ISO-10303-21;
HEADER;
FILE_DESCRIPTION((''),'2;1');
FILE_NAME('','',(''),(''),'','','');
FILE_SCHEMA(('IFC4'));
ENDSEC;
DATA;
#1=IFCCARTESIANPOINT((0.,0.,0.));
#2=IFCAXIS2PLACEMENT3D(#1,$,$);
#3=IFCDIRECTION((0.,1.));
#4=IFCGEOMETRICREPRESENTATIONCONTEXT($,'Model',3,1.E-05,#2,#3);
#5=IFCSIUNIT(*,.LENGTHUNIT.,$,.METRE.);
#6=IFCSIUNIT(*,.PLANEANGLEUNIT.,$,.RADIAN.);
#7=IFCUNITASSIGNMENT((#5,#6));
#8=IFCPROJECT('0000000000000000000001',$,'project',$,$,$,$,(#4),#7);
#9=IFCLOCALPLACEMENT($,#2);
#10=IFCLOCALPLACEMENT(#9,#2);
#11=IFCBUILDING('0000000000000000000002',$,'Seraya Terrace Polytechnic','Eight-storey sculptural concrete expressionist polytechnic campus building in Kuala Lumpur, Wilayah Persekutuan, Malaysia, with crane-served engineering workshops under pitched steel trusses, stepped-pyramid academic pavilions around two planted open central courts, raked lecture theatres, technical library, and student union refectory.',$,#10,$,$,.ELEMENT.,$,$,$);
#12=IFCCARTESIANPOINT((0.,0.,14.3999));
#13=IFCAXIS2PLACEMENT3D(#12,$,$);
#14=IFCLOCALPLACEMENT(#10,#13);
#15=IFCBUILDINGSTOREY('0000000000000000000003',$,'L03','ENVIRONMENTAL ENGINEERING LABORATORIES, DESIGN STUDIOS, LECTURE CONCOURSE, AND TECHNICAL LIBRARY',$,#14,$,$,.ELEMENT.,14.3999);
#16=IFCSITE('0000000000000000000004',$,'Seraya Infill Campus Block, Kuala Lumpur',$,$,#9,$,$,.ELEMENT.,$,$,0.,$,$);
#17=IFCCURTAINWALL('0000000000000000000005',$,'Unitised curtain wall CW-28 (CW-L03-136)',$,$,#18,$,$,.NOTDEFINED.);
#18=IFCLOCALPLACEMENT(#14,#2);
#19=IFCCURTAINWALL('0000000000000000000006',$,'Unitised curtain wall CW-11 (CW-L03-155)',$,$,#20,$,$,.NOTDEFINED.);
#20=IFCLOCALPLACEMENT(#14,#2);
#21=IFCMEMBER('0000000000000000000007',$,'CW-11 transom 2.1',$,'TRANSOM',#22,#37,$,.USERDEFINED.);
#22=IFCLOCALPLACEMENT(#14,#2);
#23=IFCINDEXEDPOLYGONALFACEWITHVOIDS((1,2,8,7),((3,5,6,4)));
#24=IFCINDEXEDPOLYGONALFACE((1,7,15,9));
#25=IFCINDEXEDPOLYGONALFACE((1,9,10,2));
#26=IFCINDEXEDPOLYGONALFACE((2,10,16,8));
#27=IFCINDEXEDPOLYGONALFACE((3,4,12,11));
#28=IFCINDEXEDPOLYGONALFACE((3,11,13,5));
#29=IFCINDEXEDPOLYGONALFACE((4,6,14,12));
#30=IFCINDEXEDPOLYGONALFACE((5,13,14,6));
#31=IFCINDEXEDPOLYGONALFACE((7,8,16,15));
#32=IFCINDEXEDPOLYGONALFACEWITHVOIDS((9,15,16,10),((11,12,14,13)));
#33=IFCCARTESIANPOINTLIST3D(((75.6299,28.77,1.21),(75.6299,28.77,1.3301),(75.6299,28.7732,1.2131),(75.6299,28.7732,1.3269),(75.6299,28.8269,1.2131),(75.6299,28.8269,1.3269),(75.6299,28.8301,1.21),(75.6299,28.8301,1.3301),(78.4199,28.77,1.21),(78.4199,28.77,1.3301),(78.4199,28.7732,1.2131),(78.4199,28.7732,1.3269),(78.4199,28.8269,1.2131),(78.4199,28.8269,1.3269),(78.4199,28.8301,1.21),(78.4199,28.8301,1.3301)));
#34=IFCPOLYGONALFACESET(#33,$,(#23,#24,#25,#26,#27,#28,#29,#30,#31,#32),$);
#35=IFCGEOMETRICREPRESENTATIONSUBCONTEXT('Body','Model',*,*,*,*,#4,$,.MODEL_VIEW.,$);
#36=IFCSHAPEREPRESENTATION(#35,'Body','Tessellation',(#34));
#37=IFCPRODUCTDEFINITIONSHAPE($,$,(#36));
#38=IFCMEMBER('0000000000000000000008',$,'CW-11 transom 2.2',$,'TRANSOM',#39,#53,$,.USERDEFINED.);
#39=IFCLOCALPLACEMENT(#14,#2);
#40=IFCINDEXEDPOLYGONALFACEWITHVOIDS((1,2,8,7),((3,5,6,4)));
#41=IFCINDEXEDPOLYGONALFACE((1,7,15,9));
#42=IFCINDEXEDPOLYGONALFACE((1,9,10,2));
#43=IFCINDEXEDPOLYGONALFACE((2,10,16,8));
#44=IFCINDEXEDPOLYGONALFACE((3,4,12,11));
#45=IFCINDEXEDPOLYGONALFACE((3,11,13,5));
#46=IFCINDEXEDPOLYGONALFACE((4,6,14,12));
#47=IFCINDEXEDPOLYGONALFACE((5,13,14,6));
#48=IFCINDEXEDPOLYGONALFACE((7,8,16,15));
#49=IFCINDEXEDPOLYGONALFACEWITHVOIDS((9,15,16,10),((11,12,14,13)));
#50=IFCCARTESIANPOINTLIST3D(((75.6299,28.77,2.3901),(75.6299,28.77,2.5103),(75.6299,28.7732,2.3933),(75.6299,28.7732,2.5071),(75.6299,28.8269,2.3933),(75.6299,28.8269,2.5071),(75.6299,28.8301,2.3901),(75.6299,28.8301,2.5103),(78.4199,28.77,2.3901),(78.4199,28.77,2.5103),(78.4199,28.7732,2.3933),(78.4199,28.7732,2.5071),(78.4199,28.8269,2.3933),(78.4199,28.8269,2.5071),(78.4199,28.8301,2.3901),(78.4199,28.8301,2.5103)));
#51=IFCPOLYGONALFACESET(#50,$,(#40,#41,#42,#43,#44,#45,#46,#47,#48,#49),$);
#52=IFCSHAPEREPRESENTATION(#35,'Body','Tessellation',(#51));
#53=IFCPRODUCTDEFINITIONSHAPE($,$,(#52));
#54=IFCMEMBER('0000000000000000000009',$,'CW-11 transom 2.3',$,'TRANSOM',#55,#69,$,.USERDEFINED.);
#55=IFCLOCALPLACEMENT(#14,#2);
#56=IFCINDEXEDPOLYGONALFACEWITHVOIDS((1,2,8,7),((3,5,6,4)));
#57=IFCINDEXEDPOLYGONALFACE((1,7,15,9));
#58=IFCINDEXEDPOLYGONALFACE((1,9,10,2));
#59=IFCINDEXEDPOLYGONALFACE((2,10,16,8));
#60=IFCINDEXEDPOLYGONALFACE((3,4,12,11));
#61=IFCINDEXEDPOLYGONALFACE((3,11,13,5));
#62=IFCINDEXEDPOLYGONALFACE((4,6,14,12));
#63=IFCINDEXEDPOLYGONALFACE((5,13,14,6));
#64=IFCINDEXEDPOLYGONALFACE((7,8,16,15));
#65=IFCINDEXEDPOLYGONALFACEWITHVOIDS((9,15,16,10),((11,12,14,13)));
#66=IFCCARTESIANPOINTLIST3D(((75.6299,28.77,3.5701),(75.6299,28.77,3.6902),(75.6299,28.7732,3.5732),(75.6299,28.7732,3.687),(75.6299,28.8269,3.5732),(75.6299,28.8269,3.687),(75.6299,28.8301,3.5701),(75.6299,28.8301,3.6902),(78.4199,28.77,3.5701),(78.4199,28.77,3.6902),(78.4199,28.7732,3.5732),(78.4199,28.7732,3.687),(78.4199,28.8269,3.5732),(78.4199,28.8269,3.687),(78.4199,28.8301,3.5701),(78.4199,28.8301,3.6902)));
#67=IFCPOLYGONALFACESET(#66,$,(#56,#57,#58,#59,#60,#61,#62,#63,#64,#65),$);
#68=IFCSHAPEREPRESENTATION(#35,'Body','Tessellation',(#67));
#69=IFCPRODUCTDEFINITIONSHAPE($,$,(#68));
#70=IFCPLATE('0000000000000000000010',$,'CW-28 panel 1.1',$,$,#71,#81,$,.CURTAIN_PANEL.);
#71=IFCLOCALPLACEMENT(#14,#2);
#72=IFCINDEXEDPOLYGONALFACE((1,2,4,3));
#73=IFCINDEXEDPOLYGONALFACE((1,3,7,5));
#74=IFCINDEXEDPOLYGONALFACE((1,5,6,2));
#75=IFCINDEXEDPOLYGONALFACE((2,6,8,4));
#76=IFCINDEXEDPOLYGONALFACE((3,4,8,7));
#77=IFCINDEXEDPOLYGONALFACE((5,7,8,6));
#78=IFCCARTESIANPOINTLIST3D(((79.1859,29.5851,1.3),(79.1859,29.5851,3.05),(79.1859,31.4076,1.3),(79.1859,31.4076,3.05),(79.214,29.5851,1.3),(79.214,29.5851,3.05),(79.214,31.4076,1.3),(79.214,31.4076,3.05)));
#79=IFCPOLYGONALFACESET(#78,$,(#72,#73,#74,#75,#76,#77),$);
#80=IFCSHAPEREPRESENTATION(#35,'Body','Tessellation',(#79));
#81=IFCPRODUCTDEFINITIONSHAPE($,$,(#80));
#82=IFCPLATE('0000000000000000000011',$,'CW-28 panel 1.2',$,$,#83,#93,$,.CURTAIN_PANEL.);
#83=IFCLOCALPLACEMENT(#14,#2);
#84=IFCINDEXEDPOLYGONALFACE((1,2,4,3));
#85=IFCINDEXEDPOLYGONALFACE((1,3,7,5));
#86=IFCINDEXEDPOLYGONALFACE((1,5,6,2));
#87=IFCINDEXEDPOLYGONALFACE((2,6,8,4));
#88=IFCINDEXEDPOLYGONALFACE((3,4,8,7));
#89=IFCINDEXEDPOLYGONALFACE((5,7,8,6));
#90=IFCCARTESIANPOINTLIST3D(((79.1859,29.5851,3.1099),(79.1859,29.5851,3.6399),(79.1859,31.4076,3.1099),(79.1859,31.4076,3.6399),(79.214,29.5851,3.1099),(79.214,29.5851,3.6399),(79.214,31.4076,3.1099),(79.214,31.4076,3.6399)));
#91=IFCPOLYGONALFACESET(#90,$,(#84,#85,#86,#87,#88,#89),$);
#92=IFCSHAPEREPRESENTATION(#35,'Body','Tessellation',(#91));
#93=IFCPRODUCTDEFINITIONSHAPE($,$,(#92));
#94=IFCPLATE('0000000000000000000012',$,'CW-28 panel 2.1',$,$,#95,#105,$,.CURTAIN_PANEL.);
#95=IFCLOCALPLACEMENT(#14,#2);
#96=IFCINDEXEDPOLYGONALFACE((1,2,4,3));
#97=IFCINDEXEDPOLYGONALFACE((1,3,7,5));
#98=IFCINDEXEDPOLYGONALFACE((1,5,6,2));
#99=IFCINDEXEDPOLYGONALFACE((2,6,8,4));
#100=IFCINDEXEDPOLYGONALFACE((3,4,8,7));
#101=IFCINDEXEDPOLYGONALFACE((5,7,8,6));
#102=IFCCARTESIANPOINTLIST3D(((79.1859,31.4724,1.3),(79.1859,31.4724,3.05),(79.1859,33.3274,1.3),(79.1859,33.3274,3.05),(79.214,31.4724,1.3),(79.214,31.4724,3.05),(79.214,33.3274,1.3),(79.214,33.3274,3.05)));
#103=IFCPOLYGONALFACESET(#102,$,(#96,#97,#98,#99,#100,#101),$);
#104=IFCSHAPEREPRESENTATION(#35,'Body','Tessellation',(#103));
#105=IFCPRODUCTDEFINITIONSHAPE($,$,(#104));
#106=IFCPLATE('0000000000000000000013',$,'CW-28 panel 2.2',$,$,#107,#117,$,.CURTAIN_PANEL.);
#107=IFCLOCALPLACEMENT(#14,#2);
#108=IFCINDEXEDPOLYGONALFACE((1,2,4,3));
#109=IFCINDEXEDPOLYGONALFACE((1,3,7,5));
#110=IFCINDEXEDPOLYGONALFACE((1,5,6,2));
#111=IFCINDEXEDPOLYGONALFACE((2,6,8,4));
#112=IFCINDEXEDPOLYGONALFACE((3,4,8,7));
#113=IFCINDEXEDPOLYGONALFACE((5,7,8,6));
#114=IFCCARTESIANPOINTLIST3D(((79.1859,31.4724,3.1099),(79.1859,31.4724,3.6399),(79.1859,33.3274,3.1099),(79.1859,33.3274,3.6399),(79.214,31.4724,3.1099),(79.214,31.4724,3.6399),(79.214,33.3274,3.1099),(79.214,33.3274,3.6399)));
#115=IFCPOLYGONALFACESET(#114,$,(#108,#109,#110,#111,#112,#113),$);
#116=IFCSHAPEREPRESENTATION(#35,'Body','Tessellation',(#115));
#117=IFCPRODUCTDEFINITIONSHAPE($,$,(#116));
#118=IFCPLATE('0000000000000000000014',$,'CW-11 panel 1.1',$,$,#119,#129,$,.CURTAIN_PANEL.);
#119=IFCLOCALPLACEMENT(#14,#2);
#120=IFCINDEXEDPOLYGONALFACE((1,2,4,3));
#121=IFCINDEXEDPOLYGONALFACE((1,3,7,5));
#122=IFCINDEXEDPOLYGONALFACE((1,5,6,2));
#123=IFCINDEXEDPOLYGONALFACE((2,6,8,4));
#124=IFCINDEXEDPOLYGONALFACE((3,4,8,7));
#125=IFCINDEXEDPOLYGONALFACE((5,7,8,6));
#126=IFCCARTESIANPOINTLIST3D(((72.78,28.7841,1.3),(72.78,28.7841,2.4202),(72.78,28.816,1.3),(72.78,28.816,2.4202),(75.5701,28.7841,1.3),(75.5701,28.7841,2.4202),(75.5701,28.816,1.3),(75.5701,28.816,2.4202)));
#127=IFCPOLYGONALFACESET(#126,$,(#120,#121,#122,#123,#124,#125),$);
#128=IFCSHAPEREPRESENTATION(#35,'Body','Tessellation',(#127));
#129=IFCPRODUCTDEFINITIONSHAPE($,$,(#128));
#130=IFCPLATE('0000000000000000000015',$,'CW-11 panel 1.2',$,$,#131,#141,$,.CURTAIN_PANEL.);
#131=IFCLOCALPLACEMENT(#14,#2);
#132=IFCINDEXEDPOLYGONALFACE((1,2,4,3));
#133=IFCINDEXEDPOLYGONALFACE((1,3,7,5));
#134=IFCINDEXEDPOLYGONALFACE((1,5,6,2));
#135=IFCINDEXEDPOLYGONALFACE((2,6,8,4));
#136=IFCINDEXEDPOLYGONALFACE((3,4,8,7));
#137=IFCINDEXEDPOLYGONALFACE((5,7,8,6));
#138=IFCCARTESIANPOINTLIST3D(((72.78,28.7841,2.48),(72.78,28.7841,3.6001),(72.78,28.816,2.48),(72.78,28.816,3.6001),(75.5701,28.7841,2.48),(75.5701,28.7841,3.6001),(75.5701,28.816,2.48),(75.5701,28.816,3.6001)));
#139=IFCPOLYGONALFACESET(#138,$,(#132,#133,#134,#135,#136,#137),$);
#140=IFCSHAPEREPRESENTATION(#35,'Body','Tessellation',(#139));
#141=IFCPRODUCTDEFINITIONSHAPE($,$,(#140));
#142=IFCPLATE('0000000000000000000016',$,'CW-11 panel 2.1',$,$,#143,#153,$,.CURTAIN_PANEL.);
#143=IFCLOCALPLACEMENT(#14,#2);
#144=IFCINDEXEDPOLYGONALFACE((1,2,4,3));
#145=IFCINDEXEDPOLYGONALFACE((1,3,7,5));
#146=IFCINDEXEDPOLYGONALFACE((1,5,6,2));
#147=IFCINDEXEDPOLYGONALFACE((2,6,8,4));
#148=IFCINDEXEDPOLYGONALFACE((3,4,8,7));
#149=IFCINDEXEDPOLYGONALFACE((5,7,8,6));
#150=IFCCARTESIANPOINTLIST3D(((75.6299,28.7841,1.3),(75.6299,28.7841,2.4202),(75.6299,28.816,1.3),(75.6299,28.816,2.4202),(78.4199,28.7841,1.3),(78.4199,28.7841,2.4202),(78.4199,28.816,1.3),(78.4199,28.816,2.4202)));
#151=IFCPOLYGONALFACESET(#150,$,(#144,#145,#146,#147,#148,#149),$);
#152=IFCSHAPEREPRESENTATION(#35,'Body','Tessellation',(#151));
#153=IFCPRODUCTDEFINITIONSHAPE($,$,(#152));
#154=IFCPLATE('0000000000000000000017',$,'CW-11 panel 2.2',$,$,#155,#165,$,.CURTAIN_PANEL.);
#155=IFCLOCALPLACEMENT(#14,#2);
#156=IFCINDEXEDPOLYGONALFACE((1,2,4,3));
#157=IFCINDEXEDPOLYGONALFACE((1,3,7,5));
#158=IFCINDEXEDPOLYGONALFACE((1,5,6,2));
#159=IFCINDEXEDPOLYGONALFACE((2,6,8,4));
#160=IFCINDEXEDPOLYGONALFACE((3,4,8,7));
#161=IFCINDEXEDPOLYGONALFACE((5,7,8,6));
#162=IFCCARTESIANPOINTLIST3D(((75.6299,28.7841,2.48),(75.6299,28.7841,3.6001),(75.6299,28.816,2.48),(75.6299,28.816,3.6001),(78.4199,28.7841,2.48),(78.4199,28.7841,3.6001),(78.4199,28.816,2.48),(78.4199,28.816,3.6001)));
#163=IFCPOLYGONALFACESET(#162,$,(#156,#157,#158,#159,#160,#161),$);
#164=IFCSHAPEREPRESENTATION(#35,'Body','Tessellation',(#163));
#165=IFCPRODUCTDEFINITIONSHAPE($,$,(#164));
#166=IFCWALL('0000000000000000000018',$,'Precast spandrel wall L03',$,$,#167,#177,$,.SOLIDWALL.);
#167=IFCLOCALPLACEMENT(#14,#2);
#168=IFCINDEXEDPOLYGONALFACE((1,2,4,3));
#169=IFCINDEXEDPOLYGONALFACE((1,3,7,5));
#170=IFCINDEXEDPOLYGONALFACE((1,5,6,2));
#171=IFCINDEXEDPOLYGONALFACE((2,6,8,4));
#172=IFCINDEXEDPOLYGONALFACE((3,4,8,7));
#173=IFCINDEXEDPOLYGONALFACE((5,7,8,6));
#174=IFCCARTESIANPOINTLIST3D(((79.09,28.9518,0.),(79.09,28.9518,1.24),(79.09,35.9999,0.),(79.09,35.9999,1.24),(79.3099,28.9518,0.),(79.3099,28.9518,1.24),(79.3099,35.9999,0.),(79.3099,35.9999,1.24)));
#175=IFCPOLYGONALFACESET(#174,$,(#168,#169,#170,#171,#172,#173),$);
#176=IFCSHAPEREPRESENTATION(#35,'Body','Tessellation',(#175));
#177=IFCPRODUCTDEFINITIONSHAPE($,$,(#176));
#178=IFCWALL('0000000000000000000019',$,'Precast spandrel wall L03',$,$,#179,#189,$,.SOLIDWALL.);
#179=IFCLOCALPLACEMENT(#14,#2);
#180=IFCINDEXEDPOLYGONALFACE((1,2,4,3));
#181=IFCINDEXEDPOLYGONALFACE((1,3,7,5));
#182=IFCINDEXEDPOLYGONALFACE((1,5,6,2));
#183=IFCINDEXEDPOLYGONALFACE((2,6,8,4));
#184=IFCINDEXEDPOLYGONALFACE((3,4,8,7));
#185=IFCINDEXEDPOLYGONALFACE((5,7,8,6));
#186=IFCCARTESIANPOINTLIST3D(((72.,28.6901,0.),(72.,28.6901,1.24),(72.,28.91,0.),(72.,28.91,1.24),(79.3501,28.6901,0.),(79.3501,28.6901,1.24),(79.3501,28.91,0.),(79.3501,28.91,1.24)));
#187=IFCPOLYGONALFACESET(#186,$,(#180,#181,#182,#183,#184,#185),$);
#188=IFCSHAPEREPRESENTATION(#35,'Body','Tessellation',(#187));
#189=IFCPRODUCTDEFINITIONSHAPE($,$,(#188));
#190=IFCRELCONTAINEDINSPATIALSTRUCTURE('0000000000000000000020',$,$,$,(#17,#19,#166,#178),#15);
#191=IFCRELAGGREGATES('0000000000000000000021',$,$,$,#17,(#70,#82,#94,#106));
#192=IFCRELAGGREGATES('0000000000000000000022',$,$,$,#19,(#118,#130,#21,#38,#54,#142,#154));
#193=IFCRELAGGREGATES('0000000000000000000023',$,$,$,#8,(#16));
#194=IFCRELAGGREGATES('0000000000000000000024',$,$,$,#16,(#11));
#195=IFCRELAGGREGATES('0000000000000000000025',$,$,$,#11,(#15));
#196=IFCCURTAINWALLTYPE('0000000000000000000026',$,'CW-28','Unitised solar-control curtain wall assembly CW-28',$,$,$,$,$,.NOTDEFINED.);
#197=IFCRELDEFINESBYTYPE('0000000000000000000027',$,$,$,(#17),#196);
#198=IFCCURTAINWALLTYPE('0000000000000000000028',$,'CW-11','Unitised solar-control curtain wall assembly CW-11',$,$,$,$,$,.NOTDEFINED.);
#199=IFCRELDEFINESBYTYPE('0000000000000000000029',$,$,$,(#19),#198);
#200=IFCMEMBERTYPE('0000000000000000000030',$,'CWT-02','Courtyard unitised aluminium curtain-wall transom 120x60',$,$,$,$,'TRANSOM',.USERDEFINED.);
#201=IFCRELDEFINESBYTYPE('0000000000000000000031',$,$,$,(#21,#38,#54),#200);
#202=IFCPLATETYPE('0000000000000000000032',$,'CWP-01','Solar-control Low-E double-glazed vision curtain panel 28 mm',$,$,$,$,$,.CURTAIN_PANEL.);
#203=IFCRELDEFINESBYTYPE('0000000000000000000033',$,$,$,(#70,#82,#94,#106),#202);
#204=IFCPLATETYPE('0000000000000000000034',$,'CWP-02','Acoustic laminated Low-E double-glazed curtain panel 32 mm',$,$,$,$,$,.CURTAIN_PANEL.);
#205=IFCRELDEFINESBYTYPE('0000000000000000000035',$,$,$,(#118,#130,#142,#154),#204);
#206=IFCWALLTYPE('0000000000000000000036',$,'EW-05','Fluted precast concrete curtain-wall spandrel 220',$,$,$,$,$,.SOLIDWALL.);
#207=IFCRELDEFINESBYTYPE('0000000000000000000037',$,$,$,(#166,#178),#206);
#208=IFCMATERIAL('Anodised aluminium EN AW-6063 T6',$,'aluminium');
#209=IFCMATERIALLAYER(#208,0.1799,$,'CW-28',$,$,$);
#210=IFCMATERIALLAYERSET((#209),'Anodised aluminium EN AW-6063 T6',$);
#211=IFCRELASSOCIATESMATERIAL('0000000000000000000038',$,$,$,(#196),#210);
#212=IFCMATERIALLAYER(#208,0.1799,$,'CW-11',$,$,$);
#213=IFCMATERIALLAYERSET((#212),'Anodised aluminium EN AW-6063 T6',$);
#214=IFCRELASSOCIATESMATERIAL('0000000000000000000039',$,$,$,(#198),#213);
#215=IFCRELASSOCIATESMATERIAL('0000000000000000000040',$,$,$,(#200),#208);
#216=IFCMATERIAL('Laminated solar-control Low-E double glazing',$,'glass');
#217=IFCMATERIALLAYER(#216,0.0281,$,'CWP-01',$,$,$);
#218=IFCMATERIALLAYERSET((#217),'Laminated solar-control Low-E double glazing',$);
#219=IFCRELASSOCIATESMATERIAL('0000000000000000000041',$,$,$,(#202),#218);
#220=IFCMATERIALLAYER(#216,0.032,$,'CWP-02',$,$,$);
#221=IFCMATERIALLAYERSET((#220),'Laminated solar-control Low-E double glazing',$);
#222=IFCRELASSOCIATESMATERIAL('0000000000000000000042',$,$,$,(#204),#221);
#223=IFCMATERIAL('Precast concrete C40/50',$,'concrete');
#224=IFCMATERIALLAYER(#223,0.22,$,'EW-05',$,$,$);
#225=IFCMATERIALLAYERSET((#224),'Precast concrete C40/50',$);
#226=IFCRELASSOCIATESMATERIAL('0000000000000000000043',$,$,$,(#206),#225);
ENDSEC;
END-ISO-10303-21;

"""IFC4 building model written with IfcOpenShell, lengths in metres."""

from ifc_helpers import new_model, si_unit, direction, frame, frame_2d, origin, origin_2d, place, context, subcontext, project, spatial, rectangle, hollow_rectangle, extrude, material, layer, layer_set, material_profile, profile_set, type_object, element, aggregate, save


model = new_model("IFC4")

# Units and contexts
model_context = context("Model", 3, precision=1e-05, world=origin(), true_north=direction((0.0, 1.0)))
body_context = subcontext(model_context, "Body", "Model", "MODEL_VIEW")
ifc_project = project(units=[si_unit("LENGTHUNIT", "METRE"), si_unit("PLANEANGLEUNIT", "RADIAN")], contexts=[model_context])

# Site, building, storey
site_placement = place(None, origin())
site = spatial("IfcSite", under=ifc_project, at=site_placement, Name="Seraya Infill Campus Block, Kuala Lumpur", CompositionType="ELEMENT", RefElevation=0.0)
building_placement = place(site_placement, origin())
building = spatial("IfcBuilding", under=site, at=building_placement, Name="Seraya Terrace Polytechnic", Description="Eight-storey sculptural concrete expressionist polytechnic campus building in Kuala Lumpur, Wilayah Persekutuan, Malaysia, with crane-served engineering workshops under pitched steel trusses, stepped-pyramid academic pavilions around two planted open central courts, raked lecture theatres, technical library, and student union refectory.", CompositionType="ELEMENT")
storey_placement = place(building_placement, frame((0.0, 0.0, 14.3999)))
storey = spatial("IfcBuildingStorey", under=building, at=storey_placement, Name="L03", Description="ENVIRONMENTAL ENGINEERING LABORATORIES, DESIGN STUDIOS, LECTURE CONCOURSE, AND TECHNICAL LIBRARY", CompositionType="ELEMENT", Elevation=14.3999)

# Curtain wall
ifc_material_1 = material(Name="Anodised aluminium EN AW-6063 T6", Category="aluminium")
ifc_layer_1 = layer(ifc_material_1, 0.1799, Name="CW-28")
ifc_layer_set_1 = layer_set([ifc_layer_1], Name="Anodised aluminium EN AW-6063 T6")
curtain_wall_type_1 = type_object("IfcCurtainWallType", Name="CW-28", Description="Unitised solar-control curtain wall assembly CW-28", PredefinedType="NOTDEFINED", material=ifc_layer_set_1)
curtain_wall_1_placement = place(storey_placement, origin())
curtain_wall_1 = element("IfcCurtainWall", 1, at=curtain_wall_1_placement, inside=storey, type_object=curtain_wall_type_1, Name="Unitised curtain wall CW-28 (CW-L03-136)", PredefinedType="NOTDEFINED")

# Curtain wall
ifc_layer_2 = layer(ifc_material_1, 0.1799, Name="CW-11")
ifc_layer_set_2 = layer_set([ifc_layer_2], Name="Anodised aluminium EN AW-6063 T6")
curtain_wall_type_2 = type_object("IfcCurtainWallType", Name="CW-11", Description="Unitised solar-control curtain wall assembly CW-11", PredefinedType="NOTDEFINED", material=ifc_layer_set_2)
curtain_wall_2_placement = place(storey_placement, origin())
curtain_wall_2 = element("IfcCurtainWall", 2, at=curtain_wall_2_placement, inside=storey, type_object=curtain_wall_type_2, Name="Unitised curtain wall CW-11 (CW-L03-155)", PredefinedType="NOTDEFINED")

# Members
ifc_material_profile_1 = material_profile(ifc_material_1, hollow_rectangle(XDim=0.0601, YDim=0.1201, WallThickness=0.0032, at=origin_2d()), Name="RHS 120x60x3.2")
ifc_profile_set_1 = profile_set([ifc_material_profile_1], Name="Anodised aluminium EN AW-6063 T6")
member_type_1 = type_object("IfcMemberType", Name="CWT-02", Description="Courtyard unitised aluminium curtain-wall transom 120x60", ElementType="TRANSOM", PredefinedType="USERDEFINED", material=ifc_profile_set_1)
member_1_placement = place(storey_placement, frame((75.6299, 28.8, 1.27), z_axis=(1.0, 0.0, 0.0), x_axis=(0.0, 1.0, 0.0)))
member_1 = element("IfcMember", 3, at=member_1_placement, type_object=member_type_1, Name="CW-11 transom 2.1", ObjectType="TRANSOM", PredefinedType="USERDEFINED", context=body_context, shape_type="SweptSolid", body=[
    extrude(hollow_rectangle(XDim=0.0601, YDim=0.1201, WallThickness=0.0032, at=origin_2d()), origin(), (0.0, 0.0, 1.0), 2.79),
])
member_2_placement = place(storey_placement, frame((75.6299, 28.8, 2.4502), z_axis=(1.0, 0.0, 0.0), x_axis=(0.0, 1.0, 0.0)))
member_2 = element("IfcMember", 4, at=member_2_placement, type_object=member_type_1, Name="CW-11 transom 2.2", ObjectType="TRANSOM", PredefinedType="USERDEFINED", context=body_context, shape_type="SweptSolid", body=[
    extrude(hollow_rectangle(XDim=0.0601, YDim=0.1201, WallThickness=0.0032, at=origin_2d()), origin(), (0.0, 0.0, 1.0), 2.79),
])
member_3_placement = place(storey_placement, frame((75.6299, 28.8, 3.6301), z_axis=(1.0, 0.0, 0.0), x_axis=(0.0, 1.0, 0.0)))
member_3 = element("IfcMember", 5, at=member_3_placement, type_object=member_type_1, Name="CW-11 transom 2.3", ObjectType="TRANSOM", PredefinedType="USERDEFINED", context=body_context, shape_type="SweptSolid", body=[
    extrude(hollow_rectangle(XDim=0.0601, YDim=0.1201, WallThickness=0.0032, at=origin_2d()), origin(), (0.0, 0.0, 1.0), 2.79),
])

# Plates
ifc_material_2 = material(Name="Laminated solar-control Low-E double glazing", Category="glass")
ifc_layer_3 = layer(ifc_material_2, 0.0281, Name="CWP-01")
ifc_layer_set_3 = layer_set([ifc_layer_3], Name="Laminated solar-control Low-E double glazing")
plate_type_1 = type_object("IfcPlateType", Name="CWP-01", Description="Solar-control Low-E double-glazed vision curtain panel 28 mm", PredefinedType="CURTAIN_PANEL", material=ifc_layer_set_3)
plate_1_placement = place(storey_placement, frame((79.2, 30.4963, 1.3), z_axis=(0.0, 0.0, 1.0), x_axis=(0.0, 1.0, 0.0)))
plate_1 = element("IfcPlate", 6, at=plate_1_placement, type_object=plate_type_1, Name="CW-28 panel 1.1", PredefinedType="CURTAIN_PANEL", context=body_context, shape_type="SweptSolid", body=[
    extrude(rectangle(XDim=1.8225, YDim=0.0281, at=origin_2d()), origin(), (0.0, 0.0, 1.0), 1.75),
])
plate_2_placement = place(storey_placement, frame((79.2, 30.4963, 3.1099), z_axis=(0.0, 0.0, 1.0), x_axis=(0.0, 1.0, 0.0)))
plate_2 = element("IfcPlate", 7, at=plate_2_placement, type_object=plate_type_1, Name="CW-28 panel 1.2", PredefinedType="CURTAIN_PANEL", context=body_context, shape_type="SweptSolid", body=[
    extrude(rectangle(XDim=1.8225, YDim=0.0281, at=origin_2d()), origin(), (0.0, 0.0, 1.0), 0.53),
])
plate_3_placement = place(storey_placement, frame((79.2, 32.3999, 1.3), z_axis=(0.0, 0.0, 1.0), x_axis=(0.0, 1.0, 0.0)))
plate_3 = element("IfcPlate", 8, at=plate_3_placement, type_object=plate_type_1, Name="CW-28 panel 2.1", PredefinedType="CURTAIN_PANEL", context=body_context, shape_type="SweptSolid", body=[
    extrude(rectangle(XDim=1.855, YDim=0.0281, at=origin_2d()), origin(), (0.0, 0.0, 1.0), 1.75),
])
plate_4_placement = place(storey_placement, frame((79.2, 32.3999, 3.1099), z_axis=(0.0, 0.0, 1.0), x_axis=(0.0, 1.0, 0.0)))
plate_4 = element("IfcPlate", 9, at=plate_4_placement, type_object=plate_type_1, Name="CW-28 panel 2.2", PredefinedType="CURTAIN_PANEL", context=body_context, shape_type="SweptSolid", body=[
    extrude(rectangle(XDim=1.855, YDim=0.0281, at=origin_2d()), origin(), (0.0, 0.0, 1.0), 0.53),
])
aggregate(curtain_wall_1, [plate_1, plate_2, plate_3, plate_4])
ifc_layer_4 = layer(ifc_material_2, 0.032, Name="CWP-02")
ifc_layer_set_4 = layer_set([ifc_layer_4], Name="Laminated solar-control Low-E double glazing")
plate_type_2 = type_object("IfcPlateType", Name="CWP-02", Description="Acoustic laminated Low-E double-glazed curtain panel 32 mm", PredefinedType="CURTAIN_PANEL", material=ifc_layer_set_4)
plate_5_placement = place(storey_placement, frame((74.175, 28.8, 1.3), z_axis=(0.0, 0.0, 1.0), x_axis=(1.0, 0.0, 0.0)))
plate_5 = element("IfcPlate", 10, at=plate_5_placement, type_object=plate_type_2, Name="CW-11 panel 1.1", PredefinedType="CURTAIN_PANEL", context=body_context, shape_type="SweptSolid", body=[
    extrude(rectangle(XDim=2.79, YDim=0.032, at=origin_2d()), origin(), (0.0, 0.0, 1.0), 1.1201),
])
plate_6_placement = place(storey_placement, frame((74.175, 28.8, 2.48), z_axis=(0.0, 0.0, 1.0), x_axis=(1.0, 0.0, 0.0)))
plate_6 = element("IfcPlate", 11, at=plate_6_placement, type_object=plate_type_2, Name="CW-11 panel 1.2", PredefinedType="CURTAIN_PANEL", context=body_context, shape_type="SweptSolid", body=[
    extrude(rectangle(XDim=2.79, YDim=0.032, at=origin_2d()), origin(), (0.0, 0.0, 1.0), 1.1201),
])
plate_7_placement = place(storey_placement, frame((77.0249, 28.8, 1.3), z_axis=(0.0, 0.0, 1.0), x_axis=(1.0, 0.0, 0.0)))
plate_7 = element("IfcPlate", 12, at=plate_7_placement, type_object=plate_type_2, Name="CW-11 panel 2.1", PredefinedType="CURTAIN_PANEL", context=body_context, shape_type="SweptSolid", body=[
    extrude(rectangle(XDim=2.79, YDim=0.032, at=origin_2d()), origin(), (0.0, 0.0, 1.0), 1.1201),
])
plate_8_placement = place(storey_placement, frame((77.0249, 28.8, 2.48), z_axis=(0.0, 0.0, 1.0), x_axis=(1.0, 0.0, 0.0)))
plate_8 = element("IfcPlate", 13, at=plate_8_placement, type_object=plate_type_2, Name="CW-11 panel 2.2", PredefinedType="CURTAIN_PANEL", context=body_context, shape_type="SweptSolid", body=[
    extrude(rectangle(XDim=2.79, YDim=0.032, at=origin_2d()), origin(), (0.0, 0.0, 1.0), 1.1201),
])
aggregate(curtain_wall_2, [plate_5, plate_6, member_1, member_2, member_3, plate_7, plate_8])

# Walls
ifc_material_3 = material(Name="Precast concrete C40/50", Category="concrete")
ifc_layer_5 = layer(ifc_material_3, 0.22, Name="EW-05")
ifc_layer_set_5 = layer_set([ifc_layer_5], Name="Precast concrete C40/50")
wall_type = type_object("IfcWallType", Name="EW-05", Description="Fluted precast concrete curtain-wall spandrel 220", PredefinedType="SOLIDWALL", material=ifc_layer_set_5)
wall_1_placement = place(storey_placement, frame((79.2, 28.9519, 0.0), z_axis=(0.0, 0.0, 1.0), x_axis=(0.0, 1.0, 0.0)))
element("IfcWall", 14, at=wall_1_placement, inside=storey, type_object=wall_type, Name="Precast spandrel wall L03", PredefinedType="SOLIDWALL", context=body_context, shape_type="SweptSolid", body=[
    extrude(rectangle(XDim=7.0481, YDim=0.22, at=frame_2d((3.5239, 0.0))), origin(), (0.0, 0.0, 1.0), 1.24),
])
wall_2_placement = place(storey_placement, frame((72.0, 28.8, 0.0), z_axis=(0.0, 0.0, 1.0), x_axis=(1.0, 0.0, 0.0)))
element("IfcWall", 15, at=wall_2_placement, inside=storey, type_object=wall_type, Name="Precast spandrel wall L03", PredefinedType="SOLIDWALL", context=body_context, shape_type="SweptSolid", body=[
    extrude(rectangle(XDim=7.3501, YDim=0.22, at=frame_2d((3.675, 0.0))), origin(), (0.0, 0.0, 1.0), 1.24),
])

save(model, "model.ifc")
